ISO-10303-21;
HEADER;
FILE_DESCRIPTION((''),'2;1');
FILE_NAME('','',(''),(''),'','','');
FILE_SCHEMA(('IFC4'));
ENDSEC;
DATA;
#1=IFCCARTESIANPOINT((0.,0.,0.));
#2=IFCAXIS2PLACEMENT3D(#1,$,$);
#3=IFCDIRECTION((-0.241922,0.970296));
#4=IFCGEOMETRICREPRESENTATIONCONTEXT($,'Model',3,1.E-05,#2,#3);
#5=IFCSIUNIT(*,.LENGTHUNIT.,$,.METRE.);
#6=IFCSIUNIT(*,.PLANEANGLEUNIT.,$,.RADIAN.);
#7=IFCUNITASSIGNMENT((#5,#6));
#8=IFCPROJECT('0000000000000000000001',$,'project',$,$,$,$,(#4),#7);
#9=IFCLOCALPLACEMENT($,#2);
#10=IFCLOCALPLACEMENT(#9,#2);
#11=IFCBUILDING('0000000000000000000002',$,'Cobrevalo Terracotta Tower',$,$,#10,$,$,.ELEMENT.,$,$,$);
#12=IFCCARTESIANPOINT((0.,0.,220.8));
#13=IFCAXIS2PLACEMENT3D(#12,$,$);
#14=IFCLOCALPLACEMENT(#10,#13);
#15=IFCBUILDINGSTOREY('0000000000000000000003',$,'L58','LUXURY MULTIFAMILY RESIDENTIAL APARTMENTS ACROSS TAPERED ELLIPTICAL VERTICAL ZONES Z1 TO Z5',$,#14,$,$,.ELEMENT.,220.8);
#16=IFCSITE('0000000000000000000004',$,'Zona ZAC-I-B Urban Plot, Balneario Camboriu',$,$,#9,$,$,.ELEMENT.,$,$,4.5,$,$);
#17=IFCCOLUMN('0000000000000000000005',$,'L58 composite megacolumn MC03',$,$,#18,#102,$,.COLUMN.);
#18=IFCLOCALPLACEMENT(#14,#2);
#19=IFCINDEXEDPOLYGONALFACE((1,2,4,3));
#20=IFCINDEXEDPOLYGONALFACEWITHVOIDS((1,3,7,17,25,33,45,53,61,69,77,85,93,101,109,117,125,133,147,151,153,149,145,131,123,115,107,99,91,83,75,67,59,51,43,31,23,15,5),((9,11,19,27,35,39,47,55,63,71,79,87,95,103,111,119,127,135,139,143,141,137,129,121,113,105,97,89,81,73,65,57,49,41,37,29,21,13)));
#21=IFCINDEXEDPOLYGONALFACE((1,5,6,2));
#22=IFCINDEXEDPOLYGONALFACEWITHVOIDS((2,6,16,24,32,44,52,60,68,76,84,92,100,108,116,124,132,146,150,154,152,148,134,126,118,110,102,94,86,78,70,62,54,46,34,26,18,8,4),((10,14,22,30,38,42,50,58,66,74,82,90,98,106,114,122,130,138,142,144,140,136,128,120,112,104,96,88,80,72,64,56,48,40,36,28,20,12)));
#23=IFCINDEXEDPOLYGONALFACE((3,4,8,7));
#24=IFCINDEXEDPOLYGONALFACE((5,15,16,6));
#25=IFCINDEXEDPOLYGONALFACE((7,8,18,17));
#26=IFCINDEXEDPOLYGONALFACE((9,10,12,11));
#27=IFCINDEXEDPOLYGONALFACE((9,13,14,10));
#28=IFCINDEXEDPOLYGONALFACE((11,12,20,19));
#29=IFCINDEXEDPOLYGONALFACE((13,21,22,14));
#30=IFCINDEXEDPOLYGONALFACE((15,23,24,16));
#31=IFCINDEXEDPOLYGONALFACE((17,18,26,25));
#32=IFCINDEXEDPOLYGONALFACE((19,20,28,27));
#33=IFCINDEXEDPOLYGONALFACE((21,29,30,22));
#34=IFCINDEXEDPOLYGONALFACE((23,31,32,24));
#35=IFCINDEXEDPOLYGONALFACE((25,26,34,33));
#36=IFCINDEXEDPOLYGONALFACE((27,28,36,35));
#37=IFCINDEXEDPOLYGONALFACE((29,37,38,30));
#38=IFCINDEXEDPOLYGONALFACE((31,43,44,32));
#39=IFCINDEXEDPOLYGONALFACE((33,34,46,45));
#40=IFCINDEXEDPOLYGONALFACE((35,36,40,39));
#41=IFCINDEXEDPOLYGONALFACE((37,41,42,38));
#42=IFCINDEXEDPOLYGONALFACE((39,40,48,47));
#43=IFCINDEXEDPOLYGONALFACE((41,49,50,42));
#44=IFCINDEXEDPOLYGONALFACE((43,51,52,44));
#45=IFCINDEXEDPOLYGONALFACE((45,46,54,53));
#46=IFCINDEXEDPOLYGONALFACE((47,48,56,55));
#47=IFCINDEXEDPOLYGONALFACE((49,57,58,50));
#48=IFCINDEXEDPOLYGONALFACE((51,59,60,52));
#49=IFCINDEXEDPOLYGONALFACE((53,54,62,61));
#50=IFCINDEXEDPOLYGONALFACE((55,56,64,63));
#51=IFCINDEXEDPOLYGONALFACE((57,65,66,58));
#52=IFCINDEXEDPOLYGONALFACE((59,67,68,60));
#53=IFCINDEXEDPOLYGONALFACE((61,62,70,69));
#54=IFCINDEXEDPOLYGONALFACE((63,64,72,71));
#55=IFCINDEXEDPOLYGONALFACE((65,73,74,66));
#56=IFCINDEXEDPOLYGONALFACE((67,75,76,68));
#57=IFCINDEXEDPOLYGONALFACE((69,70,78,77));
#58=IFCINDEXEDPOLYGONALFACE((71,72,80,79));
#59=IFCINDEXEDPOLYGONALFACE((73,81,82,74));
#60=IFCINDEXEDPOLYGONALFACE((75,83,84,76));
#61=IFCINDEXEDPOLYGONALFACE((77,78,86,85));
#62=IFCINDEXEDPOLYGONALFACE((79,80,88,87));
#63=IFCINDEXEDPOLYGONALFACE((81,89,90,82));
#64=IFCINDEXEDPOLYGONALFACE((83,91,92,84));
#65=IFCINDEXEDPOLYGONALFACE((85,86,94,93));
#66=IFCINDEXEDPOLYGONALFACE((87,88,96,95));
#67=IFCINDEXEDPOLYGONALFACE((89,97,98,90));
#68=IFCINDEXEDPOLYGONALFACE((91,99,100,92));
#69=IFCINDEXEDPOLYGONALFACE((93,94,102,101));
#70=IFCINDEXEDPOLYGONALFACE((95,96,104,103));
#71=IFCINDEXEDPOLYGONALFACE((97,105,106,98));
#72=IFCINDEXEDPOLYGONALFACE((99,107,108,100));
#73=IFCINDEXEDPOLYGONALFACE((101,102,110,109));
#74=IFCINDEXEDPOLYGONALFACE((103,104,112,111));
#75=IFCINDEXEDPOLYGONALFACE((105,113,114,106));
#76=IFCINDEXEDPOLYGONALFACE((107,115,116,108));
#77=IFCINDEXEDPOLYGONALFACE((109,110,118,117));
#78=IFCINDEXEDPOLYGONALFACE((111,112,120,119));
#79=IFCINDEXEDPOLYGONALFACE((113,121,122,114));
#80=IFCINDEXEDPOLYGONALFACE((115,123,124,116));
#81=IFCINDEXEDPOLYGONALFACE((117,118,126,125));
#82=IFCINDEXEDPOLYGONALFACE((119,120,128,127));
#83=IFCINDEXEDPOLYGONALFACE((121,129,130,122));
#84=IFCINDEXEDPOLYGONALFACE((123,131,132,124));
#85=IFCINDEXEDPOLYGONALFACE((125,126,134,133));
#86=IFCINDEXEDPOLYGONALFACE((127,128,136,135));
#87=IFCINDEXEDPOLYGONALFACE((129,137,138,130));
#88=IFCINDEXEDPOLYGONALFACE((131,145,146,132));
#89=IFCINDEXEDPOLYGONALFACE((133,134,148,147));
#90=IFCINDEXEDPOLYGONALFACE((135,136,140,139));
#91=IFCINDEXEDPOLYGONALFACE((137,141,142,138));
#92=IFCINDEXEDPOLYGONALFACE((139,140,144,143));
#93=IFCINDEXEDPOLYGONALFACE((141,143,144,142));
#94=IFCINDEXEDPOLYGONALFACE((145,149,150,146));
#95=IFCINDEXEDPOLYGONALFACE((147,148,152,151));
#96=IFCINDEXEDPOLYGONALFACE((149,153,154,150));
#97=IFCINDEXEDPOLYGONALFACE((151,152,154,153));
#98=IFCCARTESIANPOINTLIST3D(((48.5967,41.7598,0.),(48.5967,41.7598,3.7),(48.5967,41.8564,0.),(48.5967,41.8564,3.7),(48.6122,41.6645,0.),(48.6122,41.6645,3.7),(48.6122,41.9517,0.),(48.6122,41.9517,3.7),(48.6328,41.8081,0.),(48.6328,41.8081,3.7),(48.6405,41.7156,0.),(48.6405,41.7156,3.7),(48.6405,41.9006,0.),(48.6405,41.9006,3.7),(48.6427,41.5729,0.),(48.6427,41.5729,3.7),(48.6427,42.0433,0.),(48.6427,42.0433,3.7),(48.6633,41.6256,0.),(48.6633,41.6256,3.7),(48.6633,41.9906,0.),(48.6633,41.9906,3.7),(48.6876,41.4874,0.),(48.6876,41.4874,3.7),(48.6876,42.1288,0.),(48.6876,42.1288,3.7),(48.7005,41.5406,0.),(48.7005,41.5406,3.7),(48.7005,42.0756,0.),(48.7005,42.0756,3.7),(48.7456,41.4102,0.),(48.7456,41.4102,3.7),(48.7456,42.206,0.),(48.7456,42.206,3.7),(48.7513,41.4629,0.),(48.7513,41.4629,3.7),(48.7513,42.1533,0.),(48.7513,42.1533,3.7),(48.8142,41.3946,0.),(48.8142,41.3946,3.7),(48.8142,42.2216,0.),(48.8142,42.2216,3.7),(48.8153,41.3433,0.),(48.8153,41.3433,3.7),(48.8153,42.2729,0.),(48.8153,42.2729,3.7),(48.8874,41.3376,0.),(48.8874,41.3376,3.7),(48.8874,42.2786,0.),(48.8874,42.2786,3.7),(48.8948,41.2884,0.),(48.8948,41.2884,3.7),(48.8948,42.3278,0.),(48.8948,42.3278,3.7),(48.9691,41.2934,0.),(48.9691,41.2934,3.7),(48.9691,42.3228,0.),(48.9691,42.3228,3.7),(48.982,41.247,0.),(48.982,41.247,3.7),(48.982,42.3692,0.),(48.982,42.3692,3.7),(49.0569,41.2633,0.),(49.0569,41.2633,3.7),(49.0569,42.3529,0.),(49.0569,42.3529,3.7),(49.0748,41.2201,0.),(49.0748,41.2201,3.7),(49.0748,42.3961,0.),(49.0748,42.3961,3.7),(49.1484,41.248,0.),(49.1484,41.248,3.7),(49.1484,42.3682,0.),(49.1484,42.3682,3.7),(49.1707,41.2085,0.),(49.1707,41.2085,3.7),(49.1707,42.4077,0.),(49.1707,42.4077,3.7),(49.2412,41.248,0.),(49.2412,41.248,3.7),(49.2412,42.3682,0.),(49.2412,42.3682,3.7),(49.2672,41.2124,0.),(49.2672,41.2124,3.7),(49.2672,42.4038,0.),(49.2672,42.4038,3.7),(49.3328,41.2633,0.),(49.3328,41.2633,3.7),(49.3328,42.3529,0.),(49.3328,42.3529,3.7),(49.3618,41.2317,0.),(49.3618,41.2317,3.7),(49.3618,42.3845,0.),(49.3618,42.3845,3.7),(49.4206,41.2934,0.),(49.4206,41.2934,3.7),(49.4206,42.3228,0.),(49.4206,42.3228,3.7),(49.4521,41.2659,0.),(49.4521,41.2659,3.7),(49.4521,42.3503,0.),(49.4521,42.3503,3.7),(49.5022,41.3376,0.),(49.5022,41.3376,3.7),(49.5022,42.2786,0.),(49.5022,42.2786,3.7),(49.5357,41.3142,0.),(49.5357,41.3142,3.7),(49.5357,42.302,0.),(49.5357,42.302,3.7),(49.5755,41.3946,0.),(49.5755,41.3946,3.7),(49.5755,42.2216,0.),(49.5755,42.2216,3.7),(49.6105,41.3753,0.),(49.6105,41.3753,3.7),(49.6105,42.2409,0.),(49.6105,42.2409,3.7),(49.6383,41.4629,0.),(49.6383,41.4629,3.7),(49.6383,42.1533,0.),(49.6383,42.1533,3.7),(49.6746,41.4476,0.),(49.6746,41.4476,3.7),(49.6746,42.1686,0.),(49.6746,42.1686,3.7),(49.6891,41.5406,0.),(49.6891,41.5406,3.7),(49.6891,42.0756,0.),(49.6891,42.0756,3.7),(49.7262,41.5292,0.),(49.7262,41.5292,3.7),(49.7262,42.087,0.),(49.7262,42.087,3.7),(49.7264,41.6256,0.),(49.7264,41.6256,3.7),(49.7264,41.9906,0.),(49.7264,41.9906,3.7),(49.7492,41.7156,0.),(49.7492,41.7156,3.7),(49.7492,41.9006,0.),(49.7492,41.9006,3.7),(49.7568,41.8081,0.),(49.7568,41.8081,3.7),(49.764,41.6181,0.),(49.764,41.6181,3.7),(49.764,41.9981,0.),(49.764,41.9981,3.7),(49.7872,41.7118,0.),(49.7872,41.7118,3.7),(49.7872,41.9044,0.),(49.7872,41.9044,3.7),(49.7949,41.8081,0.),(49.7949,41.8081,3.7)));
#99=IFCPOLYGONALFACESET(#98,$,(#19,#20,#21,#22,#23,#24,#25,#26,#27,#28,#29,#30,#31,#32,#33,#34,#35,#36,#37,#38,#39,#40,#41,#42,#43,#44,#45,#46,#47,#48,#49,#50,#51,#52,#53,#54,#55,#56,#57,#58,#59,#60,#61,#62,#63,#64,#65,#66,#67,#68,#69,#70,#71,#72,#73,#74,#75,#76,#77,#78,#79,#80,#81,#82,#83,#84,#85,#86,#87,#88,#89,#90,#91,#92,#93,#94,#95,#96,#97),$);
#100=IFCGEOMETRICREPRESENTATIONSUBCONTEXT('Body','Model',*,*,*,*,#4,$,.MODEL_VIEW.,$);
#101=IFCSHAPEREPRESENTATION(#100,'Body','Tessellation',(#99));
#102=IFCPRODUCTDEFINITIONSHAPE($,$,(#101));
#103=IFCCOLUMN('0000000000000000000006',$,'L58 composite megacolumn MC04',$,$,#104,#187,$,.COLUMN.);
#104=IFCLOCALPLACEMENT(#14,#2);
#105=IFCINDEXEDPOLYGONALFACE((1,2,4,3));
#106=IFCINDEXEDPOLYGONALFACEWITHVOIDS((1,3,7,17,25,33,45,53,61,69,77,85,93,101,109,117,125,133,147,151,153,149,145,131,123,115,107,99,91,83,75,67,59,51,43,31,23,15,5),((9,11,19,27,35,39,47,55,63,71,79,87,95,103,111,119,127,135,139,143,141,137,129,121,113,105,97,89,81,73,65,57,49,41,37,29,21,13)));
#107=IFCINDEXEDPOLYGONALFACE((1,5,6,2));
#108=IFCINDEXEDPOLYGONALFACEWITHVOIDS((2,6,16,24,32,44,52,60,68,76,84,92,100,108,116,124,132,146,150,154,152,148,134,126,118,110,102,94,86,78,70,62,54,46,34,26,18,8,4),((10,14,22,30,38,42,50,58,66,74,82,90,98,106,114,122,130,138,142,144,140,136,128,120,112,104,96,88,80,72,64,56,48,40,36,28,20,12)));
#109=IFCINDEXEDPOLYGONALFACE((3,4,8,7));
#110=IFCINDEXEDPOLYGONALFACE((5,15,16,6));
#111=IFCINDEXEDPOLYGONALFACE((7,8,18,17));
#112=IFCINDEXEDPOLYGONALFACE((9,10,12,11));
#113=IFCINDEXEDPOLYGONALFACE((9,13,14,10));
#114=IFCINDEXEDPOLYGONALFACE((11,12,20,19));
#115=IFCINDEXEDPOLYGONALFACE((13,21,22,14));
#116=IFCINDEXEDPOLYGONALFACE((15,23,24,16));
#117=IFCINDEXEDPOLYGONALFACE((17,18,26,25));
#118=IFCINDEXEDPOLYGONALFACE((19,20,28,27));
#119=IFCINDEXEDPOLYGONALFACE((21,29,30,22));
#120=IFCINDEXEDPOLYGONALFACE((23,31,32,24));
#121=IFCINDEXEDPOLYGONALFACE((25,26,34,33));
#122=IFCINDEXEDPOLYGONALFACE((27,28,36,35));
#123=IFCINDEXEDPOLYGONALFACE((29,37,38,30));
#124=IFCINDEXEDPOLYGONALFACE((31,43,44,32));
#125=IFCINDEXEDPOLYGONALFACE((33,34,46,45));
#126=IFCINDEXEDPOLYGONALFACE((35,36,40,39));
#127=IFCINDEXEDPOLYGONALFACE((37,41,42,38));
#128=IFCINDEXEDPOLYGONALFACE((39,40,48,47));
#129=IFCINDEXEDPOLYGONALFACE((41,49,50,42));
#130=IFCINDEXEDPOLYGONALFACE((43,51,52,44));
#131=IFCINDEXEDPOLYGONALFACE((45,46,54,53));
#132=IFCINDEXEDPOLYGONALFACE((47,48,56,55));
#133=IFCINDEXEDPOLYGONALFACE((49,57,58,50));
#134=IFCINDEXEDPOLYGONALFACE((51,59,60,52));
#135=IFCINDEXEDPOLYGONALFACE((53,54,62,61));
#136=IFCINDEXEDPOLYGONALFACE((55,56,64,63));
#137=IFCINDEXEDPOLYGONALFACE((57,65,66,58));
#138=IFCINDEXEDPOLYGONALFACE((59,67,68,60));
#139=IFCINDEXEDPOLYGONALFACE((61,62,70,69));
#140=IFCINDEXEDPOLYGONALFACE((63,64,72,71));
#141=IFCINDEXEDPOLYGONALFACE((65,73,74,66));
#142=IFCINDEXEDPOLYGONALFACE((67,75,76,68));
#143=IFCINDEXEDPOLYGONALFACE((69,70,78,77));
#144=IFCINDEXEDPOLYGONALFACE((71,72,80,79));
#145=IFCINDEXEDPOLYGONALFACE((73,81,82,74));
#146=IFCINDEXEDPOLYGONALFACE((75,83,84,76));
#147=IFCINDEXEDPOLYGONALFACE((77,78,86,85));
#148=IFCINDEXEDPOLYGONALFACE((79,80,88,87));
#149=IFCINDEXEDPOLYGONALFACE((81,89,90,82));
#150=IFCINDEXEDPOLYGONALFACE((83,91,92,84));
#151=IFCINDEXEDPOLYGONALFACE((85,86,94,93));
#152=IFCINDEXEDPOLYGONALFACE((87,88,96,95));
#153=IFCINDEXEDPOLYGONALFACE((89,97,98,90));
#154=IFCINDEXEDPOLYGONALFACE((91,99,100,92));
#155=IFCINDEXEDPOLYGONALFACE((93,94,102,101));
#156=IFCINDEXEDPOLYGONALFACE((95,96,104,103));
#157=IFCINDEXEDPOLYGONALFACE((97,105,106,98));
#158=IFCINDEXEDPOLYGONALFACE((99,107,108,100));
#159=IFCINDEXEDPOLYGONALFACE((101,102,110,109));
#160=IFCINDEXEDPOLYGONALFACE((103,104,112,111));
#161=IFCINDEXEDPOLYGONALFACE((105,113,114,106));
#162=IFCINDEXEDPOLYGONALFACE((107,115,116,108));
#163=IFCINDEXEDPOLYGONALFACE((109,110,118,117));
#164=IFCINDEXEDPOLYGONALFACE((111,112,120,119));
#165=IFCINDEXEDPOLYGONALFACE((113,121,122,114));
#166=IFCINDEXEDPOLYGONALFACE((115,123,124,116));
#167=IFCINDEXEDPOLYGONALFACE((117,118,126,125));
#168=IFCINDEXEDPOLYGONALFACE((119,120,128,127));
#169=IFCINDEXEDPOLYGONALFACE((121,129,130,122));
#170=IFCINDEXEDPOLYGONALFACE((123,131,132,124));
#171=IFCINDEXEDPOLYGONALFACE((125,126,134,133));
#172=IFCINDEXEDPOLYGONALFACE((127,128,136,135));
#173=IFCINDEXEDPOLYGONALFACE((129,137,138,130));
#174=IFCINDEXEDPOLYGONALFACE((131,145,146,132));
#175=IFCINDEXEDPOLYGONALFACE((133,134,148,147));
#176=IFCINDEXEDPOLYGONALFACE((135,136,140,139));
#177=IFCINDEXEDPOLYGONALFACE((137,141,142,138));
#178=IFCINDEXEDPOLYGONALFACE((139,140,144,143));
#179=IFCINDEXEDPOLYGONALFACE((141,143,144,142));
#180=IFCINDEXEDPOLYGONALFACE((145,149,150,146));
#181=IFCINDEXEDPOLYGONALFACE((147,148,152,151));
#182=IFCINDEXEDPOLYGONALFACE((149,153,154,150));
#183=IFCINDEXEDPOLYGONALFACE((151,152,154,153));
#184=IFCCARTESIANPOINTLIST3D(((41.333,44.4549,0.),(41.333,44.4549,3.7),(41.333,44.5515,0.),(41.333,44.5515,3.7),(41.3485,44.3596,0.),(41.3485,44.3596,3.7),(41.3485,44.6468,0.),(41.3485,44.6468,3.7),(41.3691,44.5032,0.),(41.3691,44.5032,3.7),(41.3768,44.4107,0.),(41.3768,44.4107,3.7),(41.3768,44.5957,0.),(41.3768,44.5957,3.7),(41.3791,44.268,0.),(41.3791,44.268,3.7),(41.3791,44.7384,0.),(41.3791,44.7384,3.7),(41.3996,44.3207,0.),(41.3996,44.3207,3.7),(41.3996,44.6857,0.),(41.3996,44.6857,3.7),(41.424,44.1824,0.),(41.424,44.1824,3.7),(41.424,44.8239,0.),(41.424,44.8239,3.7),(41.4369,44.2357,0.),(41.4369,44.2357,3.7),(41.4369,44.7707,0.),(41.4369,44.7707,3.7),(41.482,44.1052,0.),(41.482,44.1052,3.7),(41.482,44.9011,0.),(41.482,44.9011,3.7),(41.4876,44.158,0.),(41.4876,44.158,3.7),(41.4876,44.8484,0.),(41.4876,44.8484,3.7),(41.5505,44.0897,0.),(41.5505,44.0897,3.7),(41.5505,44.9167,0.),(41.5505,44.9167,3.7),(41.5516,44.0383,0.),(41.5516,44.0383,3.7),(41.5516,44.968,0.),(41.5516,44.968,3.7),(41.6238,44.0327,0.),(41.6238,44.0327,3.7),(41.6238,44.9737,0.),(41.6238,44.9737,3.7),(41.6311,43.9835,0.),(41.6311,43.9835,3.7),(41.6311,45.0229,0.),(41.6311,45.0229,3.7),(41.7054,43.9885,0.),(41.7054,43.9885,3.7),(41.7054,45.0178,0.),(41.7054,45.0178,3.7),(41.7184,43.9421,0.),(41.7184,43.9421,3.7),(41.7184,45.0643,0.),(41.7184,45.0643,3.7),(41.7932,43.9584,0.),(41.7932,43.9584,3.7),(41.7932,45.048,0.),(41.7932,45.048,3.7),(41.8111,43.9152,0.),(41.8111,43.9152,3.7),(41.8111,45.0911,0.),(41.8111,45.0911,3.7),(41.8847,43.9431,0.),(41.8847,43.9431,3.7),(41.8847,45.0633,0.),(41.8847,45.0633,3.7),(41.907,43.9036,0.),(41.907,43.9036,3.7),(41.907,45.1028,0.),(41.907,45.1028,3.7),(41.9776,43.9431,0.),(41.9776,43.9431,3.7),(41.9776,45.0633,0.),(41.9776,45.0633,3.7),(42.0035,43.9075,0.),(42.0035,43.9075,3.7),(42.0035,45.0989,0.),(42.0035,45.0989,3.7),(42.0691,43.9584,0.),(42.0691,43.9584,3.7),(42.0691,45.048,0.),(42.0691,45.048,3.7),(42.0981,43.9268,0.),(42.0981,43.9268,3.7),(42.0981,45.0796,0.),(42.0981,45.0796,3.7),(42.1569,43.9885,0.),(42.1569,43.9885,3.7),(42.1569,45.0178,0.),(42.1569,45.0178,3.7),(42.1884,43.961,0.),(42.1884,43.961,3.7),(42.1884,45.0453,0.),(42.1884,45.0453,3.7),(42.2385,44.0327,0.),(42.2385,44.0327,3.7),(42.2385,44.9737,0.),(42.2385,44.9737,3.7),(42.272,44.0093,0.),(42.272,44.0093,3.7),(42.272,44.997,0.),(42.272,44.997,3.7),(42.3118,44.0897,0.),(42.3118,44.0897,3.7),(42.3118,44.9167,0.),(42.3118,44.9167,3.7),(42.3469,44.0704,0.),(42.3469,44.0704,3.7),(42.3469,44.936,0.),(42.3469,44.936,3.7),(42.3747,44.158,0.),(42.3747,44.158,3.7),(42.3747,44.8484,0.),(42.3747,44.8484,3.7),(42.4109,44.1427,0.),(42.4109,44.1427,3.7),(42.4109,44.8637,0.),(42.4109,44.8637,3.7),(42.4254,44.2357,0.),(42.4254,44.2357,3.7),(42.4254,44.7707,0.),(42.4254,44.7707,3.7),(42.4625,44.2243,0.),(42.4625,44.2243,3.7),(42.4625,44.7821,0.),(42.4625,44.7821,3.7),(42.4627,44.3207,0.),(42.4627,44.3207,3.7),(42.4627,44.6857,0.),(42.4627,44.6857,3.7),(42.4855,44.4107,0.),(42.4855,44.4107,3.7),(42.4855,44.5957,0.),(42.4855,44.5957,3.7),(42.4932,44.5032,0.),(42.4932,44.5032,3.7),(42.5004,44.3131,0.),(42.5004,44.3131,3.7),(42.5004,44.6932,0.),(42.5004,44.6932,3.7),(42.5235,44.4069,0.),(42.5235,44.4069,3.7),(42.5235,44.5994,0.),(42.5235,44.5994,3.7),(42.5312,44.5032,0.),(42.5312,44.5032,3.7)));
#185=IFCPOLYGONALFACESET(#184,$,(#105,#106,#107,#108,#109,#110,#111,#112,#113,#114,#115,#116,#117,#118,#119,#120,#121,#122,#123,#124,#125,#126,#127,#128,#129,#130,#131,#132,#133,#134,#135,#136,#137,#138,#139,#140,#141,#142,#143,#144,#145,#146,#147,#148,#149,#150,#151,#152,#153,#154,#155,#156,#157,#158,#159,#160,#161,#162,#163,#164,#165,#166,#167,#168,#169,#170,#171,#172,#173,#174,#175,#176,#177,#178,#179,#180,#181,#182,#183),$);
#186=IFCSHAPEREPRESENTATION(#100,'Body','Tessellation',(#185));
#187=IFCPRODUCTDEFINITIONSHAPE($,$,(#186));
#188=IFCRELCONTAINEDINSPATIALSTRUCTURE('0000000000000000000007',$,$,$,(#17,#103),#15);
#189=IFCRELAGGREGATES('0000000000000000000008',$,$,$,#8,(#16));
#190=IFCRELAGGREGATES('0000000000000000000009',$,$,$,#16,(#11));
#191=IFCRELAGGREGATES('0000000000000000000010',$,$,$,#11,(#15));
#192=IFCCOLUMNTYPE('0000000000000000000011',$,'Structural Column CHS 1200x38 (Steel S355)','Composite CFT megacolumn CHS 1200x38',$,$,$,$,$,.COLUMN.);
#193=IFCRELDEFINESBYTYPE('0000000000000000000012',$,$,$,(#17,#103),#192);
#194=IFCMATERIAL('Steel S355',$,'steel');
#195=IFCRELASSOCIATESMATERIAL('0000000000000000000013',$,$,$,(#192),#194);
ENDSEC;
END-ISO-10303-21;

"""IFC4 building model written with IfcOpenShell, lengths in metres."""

from ifc_helpers import new_model, si_unit, direction, frame, origin, origin_2d, place, context, subcontext, project, spatial, hollow_circle, extrude, material, material_profile, profile_set, type_object, element, save


model = new_model("IFC4")

# Units and contexts
model_context = context("Model", 3, precision=1e-05, world=origin(), true_north=direction((-0.241922, 0.970296)))
body_context = subcontext(model_context, "Body", "Model", "MODEL_VIEW")
ifc_project = project(units=[si_unit("LENGTHUNIT", "METRE"), si_unit("PLANEANGLEUNIT", "RADIAN")], contexts=[model_context])

# Site, building, storey
site_placement = place(None, origin())
site = spatial("IfcSite", under=ifc_project, at=site_placement, Name="Zona ZAC-I-B Urban Plot, Balneario Camboriu", CompositionType="ELEMENT", RefElevation=4.5)
building_placement = place(site_placement, origin())
building = spatial("IfcBuilding", under=site, at=building_placement, Name="Cobrevalo Terracotta Tower", CompositionType="ELEMENT")
storey_placement = place(building_placement, frame((0.0, 0.0, 220.8)))
storey = spatial("IfcBuildingStorey", under=building, at=storey_placement, Name="L58", Description="LUXURY MULTIFAMILY RESIDENTIAL APARTMENTS ACROSS TAPERED ELLIPTICAL VERTICAL ZONES Z1 TO Z5", CompositionType="ELEMENT", Elevation=220.8)

# Columns
ifc_material_1 = material(Name="Steel S355", Category="steel")
ifc_material_profile_1 = material_profile(ifc_material_1, hollow_circle(Radius=0.6001, WallThickness=0.0381, at=origin_2d()), Name="CHS 1200x38")
ifc_profile_set_1 = profile_set([ifc_material_profile_1], Name="Steel S355")
column_type = type_object("IfcColumnType", Name="Structural Column CHS 1200x38 (Steel S355)", Description="Composite CFT megacolumn CHS 1200x38", PredefinedType="COLUMN", material=ifc_profile_set_1)
for number, where, z_axis, x_axis, name in (
    (1, (49.1948, 41.8081, 0.0), (0.0, 0.0, 1.0), (1.0, 0.0, 0.0), "L58 composite megacolumn MC03"),
    (2, (41.9312, 44.5032, 0.0), (0.0, 0.0, 1.0), (1.0, 0.0, 0.0), "L58 composite megacolumn MC04"),
):
    element("IfcColumn", number, at=place(storey_placement, frame(where, z_axis=z_axis, x_axis=x_axis)), inside=storey, type_object=column_type, Name=name, PredefinedType="COLUMN", context=body_context, shape_type="SweptSolid", body=[
        extrude(hollow_circle(Radius=0.6001, WallThickness=0.0381, at=origin_2d()), origin(), (0.0, 0.0, 1.0), 3.7),
    ])

save(model, "model.ifc")
